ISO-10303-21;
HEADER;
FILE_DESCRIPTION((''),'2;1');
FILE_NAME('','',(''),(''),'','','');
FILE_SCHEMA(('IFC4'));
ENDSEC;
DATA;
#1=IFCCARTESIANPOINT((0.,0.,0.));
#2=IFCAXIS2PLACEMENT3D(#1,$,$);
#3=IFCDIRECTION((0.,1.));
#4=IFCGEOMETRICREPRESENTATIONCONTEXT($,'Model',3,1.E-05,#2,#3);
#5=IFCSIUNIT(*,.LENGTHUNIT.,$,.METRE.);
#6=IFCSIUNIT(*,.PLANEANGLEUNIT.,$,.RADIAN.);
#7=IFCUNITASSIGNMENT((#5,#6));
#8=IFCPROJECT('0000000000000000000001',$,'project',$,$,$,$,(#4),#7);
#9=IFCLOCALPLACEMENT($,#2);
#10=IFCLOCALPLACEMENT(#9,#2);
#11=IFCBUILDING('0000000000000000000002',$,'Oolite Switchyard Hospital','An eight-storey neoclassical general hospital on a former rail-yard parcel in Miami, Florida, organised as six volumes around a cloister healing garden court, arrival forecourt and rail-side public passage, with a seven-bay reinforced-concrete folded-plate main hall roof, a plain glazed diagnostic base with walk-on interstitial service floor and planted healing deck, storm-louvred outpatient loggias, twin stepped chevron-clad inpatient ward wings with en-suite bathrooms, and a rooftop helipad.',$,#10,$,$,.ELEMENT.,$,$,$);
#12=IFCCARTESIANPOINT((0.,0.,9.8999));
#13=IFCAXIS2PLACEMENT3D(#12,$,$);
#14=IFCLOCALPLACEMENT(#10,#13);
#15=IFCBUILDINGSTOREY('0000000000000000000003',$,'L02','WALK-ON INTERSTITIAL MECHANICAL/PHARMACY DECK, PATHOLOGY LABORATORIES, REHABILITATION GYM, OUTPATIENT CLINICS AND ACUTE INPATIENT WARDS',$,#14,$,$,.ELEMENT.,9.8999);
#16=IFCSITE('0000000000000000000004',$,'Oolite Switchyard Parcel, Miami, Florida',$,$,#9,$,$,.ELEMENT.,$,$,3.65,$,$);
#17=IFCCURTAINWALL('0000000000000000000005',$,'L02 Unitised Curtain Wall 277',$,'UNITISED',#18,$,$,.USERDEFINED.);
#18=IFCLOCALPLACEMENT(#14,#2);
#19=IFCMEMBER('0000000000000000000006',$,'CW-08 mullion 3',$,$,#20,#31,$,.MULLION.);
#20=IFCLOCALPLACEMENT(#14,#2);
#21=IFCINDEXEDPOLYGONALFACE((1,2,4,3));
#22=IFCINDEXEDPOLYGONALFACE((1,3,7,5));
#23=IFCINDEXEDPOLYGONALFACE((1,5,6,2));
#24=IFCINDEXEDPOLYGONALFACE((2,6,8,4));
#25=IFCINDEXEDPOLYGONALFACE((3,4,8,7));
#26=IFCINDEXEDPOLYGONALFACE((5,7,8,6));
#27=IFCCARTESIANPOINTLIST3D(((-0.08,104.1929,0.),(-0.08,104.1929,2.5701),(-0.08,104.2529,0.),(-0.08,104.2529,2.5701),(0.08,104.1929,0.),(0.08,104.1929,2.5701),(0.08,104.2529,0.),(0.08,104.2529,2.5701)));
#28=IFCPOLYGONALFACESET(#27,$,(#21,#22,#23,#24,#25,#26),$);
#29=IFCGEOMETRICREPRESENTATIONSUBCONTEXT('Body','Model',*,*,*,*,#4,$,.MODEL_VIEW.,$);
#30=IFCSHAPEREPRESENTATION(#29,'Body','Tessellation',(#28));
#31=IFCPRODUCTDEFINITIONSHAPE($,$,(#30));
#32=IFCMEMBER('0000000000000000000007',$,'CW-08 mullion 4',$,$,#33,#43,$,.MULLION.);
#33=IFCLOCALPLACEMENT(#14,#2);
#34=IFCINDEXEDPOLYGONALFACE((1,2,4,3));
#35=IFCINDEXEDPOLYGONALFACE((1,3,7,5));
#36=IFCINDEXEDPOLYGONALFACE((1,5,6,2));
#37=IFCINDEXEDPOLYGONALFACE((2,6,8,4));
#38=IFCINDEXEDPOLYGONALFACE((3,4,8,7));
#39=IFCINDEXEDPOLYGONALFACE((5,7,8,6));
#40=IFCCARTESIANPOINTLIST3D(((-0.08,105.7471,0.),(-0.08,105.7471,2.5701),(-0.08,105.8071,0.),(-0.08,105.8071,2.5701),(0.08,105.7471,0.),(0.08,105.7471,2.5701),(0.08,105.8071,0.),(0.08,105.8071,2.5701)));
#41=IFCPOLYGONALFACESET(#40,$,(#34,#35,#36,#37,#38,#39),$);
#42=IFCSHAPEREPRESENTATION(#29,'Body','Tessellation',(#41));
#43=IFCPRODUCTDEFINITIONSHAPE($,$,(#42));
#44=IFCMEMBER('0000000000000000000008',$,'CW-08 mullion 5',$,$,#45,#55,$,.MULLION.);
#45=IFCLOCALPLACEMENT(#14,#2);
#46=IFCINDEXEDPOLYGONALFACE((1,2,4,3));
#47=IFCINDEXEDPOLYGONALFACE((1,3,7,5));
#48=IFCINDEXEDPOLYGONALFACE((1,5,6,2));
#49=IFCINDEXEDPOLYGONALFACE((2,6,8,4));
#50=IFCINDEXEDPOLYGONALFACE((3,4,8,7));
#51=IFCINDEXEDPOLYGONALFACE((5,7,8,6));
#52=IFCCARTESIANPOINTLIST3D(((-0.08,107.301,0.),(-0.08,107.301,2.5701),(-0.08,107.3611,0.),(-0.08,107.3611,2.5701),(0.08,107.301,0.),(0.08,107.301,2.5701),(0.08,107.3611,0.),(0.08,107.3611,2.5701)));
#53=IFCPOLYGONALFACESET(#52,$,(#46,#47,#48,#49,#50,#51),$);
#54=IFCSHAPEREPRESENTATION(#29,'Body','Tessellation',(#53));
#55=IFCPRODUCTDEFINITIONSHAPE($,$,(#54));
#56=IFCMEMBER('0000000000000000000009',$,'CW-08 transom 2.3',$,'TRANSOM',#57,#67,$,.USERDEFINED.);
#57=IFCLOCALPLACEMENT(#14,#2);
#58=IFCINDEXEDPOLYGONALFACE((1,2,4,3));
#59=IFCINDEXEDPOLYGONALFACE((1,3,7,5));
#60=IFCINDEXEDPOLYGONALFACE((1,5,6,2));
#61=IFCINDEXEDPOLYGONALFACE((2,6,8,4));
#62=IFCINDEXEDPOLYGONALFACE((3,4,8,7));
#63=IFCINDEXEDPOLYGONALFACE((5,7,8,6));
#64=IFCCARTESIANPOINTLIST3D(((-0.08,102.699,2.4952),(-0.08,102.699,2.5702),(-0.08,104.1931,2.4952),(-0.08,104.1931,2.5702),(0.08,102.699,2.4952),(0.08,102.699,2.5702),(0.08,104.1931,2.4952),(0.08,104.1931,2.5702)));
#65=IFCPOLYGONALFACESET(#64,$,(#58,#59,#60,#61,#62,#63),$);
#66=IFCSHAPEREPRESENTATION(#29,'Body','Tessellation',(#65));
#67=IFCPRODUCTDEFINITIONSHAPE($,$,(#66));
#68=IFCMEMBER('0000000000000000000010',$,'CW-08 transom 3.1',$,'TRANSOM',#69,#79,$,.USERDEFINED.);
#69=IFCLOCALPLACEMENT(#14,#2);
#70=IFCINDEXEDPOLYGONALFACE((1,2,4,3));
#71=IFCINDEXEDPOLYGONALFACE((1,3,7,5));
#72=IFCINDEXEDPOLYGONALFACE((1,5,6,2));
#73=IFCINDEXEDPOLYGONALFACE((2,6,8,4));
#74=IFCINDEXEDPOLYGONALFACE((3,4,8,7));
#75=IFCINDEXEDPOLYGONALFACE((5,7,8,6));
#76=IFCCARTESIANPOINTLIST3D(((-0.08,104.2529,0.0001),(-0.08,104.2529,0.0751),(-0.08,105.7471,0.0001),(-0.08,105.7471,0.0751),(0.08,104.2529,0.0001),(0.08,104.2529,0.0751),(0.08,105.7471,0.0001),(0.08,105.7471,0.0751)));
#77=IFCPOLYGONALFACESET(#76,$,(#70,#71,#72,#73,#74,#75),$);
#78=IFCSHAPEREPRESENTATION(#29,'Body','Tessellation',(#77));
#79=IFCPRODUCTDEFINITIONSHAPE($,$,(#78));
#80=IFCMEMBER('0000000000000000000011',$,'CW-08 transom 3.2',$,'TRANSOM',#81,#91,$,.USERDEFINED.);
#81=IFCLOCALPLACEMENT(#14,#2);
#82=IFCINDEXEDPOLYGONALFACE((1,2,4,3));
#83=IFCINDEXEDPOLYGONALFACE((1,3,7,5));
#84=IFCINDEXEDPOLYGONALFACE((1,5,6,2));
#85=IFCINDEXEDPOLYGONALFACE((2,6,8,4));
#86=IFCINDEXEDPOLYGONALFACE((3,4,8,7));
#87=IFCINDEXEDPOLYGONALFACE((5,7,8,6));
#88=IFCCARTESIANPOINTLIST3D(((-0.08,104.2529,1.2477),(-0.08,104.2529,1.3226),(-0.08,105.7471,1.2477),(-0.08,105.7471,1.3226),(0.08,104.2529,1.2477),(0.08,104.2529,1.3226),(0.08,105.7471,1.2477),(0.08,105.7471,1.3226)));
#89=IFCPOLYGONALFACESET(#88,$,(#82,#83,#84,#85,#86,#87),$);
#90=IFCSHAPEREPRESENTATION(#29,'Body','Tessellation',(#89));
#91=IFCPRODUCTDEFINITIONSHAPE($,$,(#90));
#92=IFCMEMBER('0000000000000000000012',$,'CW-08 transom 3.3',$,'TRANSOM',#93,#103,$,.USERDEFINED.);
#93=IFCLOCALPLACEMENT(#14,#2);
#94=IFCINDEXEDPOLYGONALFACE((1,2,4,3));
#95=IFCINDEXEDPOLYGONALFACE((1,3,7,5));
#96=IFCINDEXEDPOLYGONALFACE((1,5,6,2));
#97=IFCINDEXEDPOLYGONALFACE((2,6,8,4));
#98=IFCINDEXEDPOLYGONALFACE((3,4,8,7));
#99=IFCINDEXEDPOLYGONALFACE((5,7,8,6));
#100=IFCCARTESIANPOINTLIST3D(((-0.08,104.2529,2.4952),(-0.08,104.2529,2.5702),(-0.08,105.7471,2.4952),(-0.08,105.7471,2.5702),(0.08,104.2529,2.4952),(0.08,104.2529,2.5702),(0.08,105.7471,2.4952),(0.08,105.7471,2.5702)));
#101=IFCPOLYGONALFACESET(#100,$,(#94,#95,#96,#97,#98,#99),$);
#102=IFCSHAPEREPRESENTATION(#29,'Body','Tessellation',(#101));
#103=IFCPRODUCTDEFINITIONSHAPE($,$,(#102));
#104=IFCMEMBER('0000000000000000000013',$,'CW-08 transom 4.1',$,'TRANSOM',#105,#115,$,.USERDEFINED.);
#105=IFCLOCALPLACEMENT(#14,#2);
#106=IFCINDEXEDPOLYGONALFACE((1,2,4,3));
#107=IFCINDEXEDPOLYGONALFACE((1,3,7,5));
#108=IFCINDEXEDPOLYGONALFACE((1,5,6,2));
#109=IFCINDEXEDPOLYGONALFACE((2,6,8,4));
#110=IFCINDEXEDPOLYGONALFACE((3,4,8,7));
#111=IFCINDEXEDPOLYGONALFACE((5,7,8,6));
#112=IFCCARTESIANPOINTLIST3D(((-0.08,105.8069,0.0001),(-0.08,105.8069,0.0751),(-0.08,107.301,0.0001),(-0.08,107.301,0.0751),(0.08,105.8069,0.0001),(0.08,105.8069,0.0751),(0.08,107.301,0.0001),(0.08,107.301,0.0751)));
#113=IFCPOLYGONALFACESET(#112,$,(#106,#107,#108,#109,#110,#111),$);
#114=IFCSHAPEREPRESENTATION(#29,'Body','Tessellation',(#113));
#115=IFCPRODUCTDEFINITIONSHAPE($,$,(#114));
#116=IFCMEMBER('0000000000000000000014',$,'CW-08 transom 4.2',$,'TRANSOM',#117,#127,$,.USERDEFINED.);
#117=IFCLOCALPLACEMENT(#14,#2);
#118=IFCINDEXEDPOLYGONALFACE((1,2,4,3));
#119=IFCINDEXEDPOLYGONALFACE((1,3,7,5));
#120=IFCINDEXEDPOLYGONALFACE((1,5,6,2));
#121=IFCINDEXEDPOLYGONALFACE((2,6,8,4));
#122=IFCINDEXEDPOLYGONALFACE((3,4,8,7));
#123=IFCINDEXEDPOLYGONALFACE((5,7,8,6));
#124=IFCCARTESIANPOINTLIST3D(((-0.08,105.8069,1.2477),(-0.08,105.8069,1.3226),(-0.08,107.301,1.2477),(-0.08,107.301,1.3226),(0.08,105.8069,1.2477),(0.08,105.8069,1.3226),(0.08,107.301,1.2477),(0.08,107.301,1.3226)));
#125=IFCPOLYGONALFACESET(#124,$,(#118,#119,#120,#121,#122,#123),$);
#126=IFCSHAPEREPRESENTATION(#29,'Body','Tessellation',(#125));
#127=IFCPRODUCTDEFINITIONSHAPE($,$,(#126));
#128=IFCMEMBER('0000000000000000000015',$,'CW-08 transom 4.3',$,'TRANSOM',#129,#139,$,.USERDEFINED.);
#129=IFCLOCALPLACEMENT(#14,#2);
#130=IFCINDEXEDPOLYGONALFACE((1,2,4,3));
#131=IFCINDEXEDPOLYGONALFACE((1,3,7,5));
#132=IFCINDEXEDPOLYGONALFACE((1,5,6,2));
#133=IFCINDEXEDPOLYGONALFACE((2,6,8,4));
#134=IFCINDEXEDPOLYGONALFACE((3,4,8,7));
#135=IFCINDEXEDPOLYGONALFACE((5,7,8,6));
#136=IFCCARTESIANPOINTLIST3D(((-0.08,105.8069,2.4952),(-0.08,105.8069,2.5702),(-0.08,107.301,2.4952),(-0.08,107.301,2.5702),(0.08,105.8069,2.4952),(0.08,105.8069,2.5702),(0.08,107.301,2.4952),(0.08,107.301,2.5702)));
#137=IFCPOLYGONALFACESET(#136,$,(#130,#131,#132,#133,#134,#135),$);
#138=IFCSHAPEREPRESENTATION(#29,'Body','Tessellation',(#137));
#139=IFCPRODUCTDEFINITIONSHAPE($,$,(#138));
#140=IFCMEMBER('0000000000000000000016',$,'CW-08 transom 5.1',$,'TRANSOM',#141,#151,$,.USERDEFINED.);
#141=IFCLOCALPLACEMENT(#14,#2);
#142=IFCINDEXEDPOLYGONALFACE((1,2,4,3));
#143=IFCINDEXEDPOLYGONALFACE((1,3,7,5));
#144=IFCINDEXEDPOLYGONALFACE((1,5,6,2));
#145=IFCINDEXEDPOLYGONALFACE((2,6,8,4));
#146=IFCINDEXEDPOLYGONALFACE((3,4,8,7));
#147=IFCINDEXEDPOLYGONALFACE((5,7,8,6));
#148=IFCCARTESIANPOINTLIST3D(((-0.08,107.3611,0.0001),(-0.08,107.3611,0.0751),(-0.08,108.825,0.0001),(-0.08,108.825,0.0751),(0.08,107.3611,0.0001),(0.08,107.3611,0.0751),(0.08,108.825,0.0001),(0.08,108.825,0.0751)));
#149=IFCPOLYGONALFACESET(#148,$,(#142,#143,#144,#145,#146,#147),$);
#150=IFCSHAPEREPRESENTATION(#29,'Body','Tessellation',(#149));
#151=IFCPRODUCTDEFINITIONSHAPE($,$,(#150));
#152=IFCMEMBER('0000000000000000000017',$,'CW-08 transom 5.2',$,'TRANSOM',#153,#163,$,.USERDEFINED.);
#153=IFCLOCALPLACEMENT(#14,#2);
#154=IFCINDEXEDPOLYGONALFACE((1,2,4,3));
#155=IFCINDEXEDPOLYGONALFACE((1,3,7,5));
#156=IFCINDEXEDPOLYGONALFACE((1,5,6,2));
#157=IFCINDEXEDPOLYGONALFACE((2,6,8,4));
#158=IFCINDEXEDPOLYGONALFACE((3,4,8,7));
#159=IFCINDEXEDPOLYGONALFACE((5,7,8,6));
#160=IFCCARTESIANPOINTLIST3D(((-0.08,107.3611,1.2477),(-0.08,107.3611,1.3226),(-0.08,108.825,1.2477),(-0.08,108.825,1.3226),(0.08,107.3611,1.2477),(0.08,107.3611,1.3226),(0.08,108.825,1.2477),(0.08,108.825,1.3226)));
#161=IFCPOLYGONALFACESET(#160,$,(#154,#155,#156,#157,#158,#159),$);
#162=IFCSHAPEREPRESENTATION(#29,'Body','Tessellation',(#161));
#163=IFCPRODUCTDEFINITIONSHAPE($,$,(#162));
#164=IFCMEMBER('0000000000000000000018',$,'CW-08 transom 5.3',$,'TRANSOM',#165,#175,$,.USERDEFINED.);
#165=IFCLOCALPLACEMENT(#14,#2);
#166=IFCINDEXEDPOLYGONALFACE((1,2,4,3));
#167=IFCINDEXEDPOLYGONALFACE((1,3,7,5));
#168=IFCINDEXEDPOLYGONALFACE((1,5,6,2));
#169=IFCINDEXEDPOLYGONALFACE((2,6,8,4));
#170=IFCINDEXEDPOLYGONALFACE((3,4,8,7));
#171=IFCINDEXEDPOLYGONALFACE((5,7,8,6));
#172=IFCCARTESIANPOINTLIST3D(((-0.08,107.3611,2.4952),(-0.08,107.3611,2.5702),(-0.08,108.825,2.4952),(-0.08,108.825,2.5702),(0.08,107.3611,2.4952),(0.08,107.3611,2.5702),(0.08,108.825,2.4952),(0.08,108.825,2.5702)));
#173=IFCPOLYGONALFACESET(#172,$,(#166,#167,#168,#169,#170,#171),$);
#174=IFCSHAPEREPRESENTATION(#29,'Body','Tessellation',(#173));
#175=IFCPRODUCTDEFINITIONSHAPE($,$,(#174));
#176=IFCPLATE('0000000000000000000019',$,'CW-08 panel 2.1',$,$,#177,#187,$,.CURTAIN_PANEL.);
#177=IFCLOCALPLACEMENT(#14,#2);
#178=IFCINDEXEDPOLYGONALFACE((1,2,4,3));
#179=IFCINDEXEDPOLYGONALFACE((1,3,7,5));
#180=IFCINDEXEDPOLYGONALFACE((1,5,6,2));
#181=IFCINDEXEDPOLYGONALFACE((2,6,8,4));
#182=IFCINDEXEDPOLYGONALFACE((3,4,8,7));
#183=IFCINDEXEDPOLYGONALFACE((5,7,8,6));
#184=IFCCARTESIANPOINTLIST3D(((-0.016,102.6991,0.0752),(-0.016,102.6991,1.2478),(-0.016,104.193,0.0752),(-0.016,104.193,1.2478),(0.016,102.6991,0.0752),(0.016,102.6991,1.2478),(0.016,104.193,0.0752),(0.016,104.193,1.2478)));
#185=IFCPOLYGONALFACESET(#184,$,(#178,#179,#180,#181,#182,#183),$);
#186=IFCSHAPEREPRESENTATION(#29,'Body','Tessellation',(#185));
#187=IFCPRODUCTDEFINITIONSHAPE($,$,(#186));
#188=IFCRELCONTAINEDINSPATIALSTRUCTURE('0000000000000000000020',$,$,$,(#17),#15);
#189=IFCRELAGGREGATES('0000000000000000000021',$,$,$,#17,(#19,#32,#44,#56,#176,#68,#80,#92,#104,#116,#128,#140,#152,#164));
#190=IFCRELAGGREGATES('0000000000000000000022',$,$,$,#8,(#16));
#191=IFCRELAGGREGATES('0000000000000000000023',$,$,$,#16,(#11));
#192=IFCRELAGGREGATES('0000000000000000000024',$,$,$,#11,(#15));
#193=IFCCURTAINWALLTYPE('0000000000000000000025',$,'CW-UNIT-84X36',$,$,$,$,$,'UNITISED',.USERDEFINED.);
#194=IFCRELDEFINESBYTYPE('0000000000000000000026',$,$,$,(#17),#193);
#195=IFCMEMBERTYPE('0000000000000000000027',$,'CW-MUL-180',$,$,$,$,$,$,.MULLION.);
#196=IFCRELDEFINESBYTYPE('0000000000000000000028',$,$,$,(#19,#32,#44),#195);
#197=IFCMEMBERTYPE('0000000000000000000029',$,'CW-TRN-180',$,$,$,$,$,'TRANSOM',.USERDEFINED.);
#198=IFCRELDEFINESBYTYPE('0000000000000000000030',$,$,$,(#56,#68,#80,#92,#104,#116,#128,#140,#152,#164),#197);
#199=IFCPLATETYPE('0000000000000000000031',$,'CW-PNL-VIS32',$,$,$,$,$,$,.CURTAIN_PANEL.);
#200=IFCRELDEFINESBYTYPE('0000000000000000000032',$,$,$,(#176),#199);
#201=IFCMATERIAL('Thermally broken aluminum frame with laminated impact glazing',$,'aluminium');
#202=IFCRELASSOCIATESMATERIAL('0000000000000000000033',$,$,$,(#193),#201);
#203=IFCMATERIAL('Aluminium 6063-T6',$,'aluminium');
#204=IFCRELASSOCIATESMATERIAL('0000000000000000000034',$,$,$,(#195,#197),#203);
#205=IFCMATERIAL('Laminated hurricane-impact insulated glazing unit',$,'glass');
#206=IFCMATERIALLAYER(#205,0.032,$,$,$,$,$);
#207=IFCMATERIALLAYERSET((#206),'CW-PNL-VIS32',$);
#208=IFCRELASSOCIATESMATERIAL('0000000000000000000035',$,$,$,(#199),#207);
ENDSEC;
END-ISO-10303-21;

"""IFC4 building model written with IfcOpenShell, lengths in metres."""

from ifc_helpers import new_model, si_unit, direction, frame, origin, origin_2d, place, context, subcontext, project, spatial, rectangle, extrude, material, layer, layer_set, material_profile, profile_set, type_object, element, aggregate, save


model = new_model("IFC4")

# Units and contexts
model_context = context("Model", 3, precision=1e-05, world=origin(), true_north=direction((0.0, 1.0)))
body_context = subcontext(model_context, "Body", "Model", "MODEL_VIEW")
ifc_project = project(units=[si_unit("LENGTHUNIT", "METRE"), si_unit("PLANEANGLEUNIT", "RADIAN")], contexts=[model_context])

# Site, building, storey
site_placement = place(None, origin())
site = spatial("IfcSite", under=ifc_project, at=site_placement, Name="Oolite Switchyard Parcel, Miami, Florida", CompositionType="ELEMENT", RefElevation=3.65)
building_placement = place(site_placement, origin())
building = spatial("IfcBuilding", under=site, at=building_placement, Name="Oolite Switchyard Hospital", Description="An eight-storey neoclassical general hospital on a former rail-yard parcel in Miami, Florida, organised as six volumes around a cloister healing garden court, arrival forecourt and rail-side public passage, with a seven-bay reinforced-concrete folded-plate main hall roof, a plain glazed diagnostic base with walk-on interstitial service floor and planted healing deck, storm-louvred outpatient loggias, twin stepped chevron-clad inpatient ward wings with en-suite bathrooms, and a rooftop helipad.", CompositionType="ELEMENT")
storey_placement = place(building_placement, frame((0.0, 0.0, 9.8999)))
storey = spatial("IfcBuildingStorey", under=building, at=storey_placement, Name="L02", Description="WALK-ON INTERSTITIAL MECHANICAL/PHARMACY DECK, PATHOLOGY LABORATORIES, REHABILITATION GYM, OUTPATIENT CLINICS AND ACUTE INPATIENT WARDS", CompositionType="ELEMENT", Elevation=9.8999)

# Curtain wall, members, plate
ifc_material_1 = material(Name="Thermally broken aluminum frame with laminated impact glazing", Category="aluminium")
curtain_wall_type = type_object("IfcCurtainWallType", Name="CW-UNIT-84X36", ElementType="UNITISED", PredefinedType="USERDEFINED", material=ifc_material_1)
curtain_wall_placement = place(storey_placement, origin())
curtain_wall = element("IfcCurtainWall", 1, at=curtain_wall_placement, inside=storey, type_object=curtain_wall_type, Name="L02 Unitised Curtain Wall 277", ObjectType="UNITISED", PredefinedType="USERDEFINED")
ifc_material_2 = material(Name="Aluminium 6063-T6", Category="aluminium")
ifc_material_profile_1 = material_profile(ifc_material_2, rectangle(XDim=0.1599, YDim=0.0601, at=origin_2d()), Name="CWM60X160")
ifc_profile_set_1 = profile_set([ifc_material_profile_1], Name="Aluminium 6063-T6")
member_type_1 = type_object("IfcMemberType", Name="CW-MUL-180", PredefinedType="MULLION", material=ifc_profile_set_1)
member_1_placement = place(storey_placement, frame((0.0, 104.2229, 0.0), z_axis=(0.0, 0.0, 1.0), x_axis=(-1.0, 0.0, 0.0)))
member_1 = element("IfcMember", 2, at=member_1_placement, type_object=member_type_1, Name="CW-08 mullion 3", PredefinedType="MULLION", context=body_context, shape_type="SweptSolid", body=[
    extrude(rectangle(XDim=0.1599, YDim=0.0601, at=origin_2d()), origin(), (0.0, 0.0, 1.0), 2.5701),
])
member_2_placement = place(storey_placement, frame((0.0, 105.7771, 0.0), z_axis=(0.0, 0.0, 1.0), x_axis=(-1.0, 0.0, 0.0)))
member_2 = element("IfcMember", 3, at=member_2_placement, type_object=member_type_1, Name="CW-08 mullion 4", PredefinedType="MULLION", context=body_context, shape_type="SweptSolid", body=[
    extrude(rectangle(XDim=0.1599, YDim=0.0601, at=origin_2d()), origin(), (0.0, 0.0, 1.0), 2.5701),
])
member_3_placement = place(storey_placement, frame((0.0, 107.3311, 0.0), z_axis=(0.0, 0.0, 1.0), x_axis=(-1.0, 0.0, 0.0)))
member_3 = element("IfcMember", 4, at=member_3_placement, type_object=member_type_1, Name="CW-08 mullion 5", PredefinedType="MULLION", context=body_context, shape_type="SweptSolid", body=[
    extrude(rectangle(XDim=0.1599, YDim=0.0601, at=origin_2d()), origin(), (0.0, 0.0, 1.0), 2.5701),
])
ifc_material_profile_2 = material_profile(ifc_material_2, rectangle(XDim=0.1599, YDim=0.075, at=origin_2d()), Name="CWT75X160")
ifc_profile_set_2 = profile_set([ifc_material_profile_2], Name="Aluminium 6063-T6")
member_type_2 = type_object("IfcMemberType", Name="CW-TRN-180", ElementType="TRANSOM", PredefinedType="USERDEFINED", material=ifc_profile_set_2)
member_4_placement = place(storey_placement, frame((0.0, 102.699, 2.5327), z_axis=(0.0, 1.0, 0.0), x_axis=(-1.0, 0.0, 0.0)))
member_4 = element("IfcMember", 5, at=member_4_placement, type_object=member_type_2, Name="CW-08 transom 2.3", ObjectType="TRANSOM", PredefinedType="USERDEFINED", context=body_context, shape_type="SweptSolid", body=[
    extrude(rectangle(XDim=0.1599, YDim=0.075, at=origin_2d()), origin(), (0.0, 0.0, 1.0), 1.4941),
])
member_5_placement = place(storey_placement, frame((0.0, 104.2529, 0.0376), z_axis=(0.0, 1.0, 0.0), x_axis=(-1.0, 0.0, 0.0)))
member_5 = element("IfcMember", 6, at=member_5_placement, type_object=member_type_2, Name="CW-08 transom 3.1", ObjectType="TRANSOM", PredefinedType="USERDEFINED", context=body_context, shape_type="SweptSolid", body=[
    extrude(rectangle(XDim=0.1599, YDim=0.075, at=origin_2d()), origin(), (0.0, 0.0, 1.0), 1.4941),
])
member_6_placement = place(storey_placement, frame((0.0, 104.2529, 1.2852), z_axis=(0.0, 1.0, 0.0), x_axis=(-1.0, 0.0, 0.0)))
member_6 = element("IfcMember", 7, at=member_6_placement, type_object=member_type_2, Name="CW-08 transom 3.2", ObjectType="TRANSOM", PredefinedType="USERDEFINED", context=body_context, shape_type="SweptSolid", body=[
    extrude(rectangle(XDim=0.1599, YDim=0.075, at=origin_2d()), origin(), (0.0, 0.0, 1.0), 1.4941),
])
member_7_placement = place(storey_placement, frame((0.0, 104.2529, 2.5327), z_axis=(0.0, 1.0, 0.0), x_axis=(-1.0, 0.0, 0.0)))
member_7 = element("IfcMember", 8, at=member_7_placement, type_object=member_type_2, Name="CW-08 transom 3.3", ObjectType="TRANSOM", PredefinedType="USERDEFINED", context=body_context, shape_type="SweptSolid", body=[
    extrude(rectangle(XDim=0.1599, YDim=0.075, at=origin_2d()), origin(), (0.0, 0.0, 1.0), 1.4941),
])
member_8_placement = place(storey_placement, frame((0.0, 105.8069, 0.0376), z_axis=(0.0, 1.0, 0.0), x_axis=(-1.0, 0.0, 0.0)))
member_8 = element("IfcMember", 9, at=member_8_placement, type_object=member_type_2, Name="CW-08 transom 4.1", ObjectType="TRANSOM", PredefinedType="USERDEFINED", context=body_context, shape_type="SweptSolid", body=[
    extrude(rectangle(XDim=0.1599, YDim=0.075, at=origin_2d()), origin(), (0.0, 0.0, 1.0), 1.4941),
])
member_9_placement = place(storey_placement, frame((0.0, 105.8069, 1.2852), z_axis=(0.0, 1.0, 0.0), x_axis=(-1.0, 0.0, 0.0)))
member_9 = element("IfcMember", 10, at=member_9_placement, type_object=member_type_2, Name="CW-08 transom 4.2", ObjectType="TRANSOM", PredefinedType="USERDEFINED", context=body_context, shape_type="SweptSolid", body=[
    extrude(rectangle(XDim=0.1599, YDim=0.075, at=origin_2d()), origin(), (0.0, 0.0, 1.0), 1.4941),
])
member_10_placement = place(storey_placement, frame((0.0, 105.8069, 2.5327), z_axis=(0.0, 1.0, 0.0), x_axis=(-1.0, 0.0, 0.0)))
member_10 = element("IfcMember", 11, at=member_10_placement, type_object=member_type_2, Name="CW-08 transom 4.3", ObjectType="TRANSOM", PredefinedType="USERDEFINED", context=body_context, shape_type="SweptSolid", body=[
    extrude(rectangle(XDim=0.1599, YDim=0.075, at=origin_2d()), origin(), (0.0, 0.0, 1.0), 1.4941),
])
member_11_placement = place(storey_placement, frame((0.0, 107.3611, 0.0376), z_axis=(0.0, 1.0, 0.0), x_axis=(-1.0, 0.0, 0.0)))
member_11 = element("IfcMember", 12, at=member_11_placement, type_object=member_type_2, Name="CW-08 transom 5.1", ObjectType="TRANSOM", PredefinedType="USERDEFINED", context=body_context, shape_type="SweptSolid", body=[
    extrude(rectangle(XDim=0.1599, YDim=0.075, at=origin_2d()), origin(), (0.0, 0.0, 1.0), 1.4639),
])
member_12_placement = place(storey_placement, frame((0.0, 107.3611, 1.2852), z_axis=(0.0, 1.0, 0.0), x_axis=(-1.0, 0.0, 0.0)))
member_12 = element("IfcMember", 13, at=member_12_placement, type_object=member_type_2, Name="CW-08 transom 5.2", ObjectType="TRANSOM", PredefinedType="USERDEFINED", context=body_context, shape_type="SweptSolid", body=[
    extrude(rectangle(XDim=0.1599, YDim=0.075, at=origin_2d()), origin(), (0.0, 0.0, 1.0), 1.4639),
])
member_13_placement = place(storey_placement, frame((0.0, 107.3611, 2.5327), z_axis=(0.0, 1.0, 0.0), x_axis=(-1.0, 0.0, 0.0)))
member_13 = element("IfcMember", 14, at=member_13_placement, type_object=member_type_2, Name="CW-08 transom 5.3", ObjectType="TRANSOM", PredefinedType="USERDEFINED", context=body_context, shape_type="SweptSolid", body=[
    extrude(rectangle(XDim=0.1599, YDim=0.075, at=origin_2d()), origin(), (0.0, 0.0, 1.0), 1.4639),
])
ifc_material_3 = material(Name="Laminated hurricane-impact insulated glazing unit", Category="glass")
ifc_layer = layer(ifc_material_3, 0.032)
ifc_layer_set = layer_set([ifc_layer], Name="CW-PNL-VIS32")
plate_type = type_object("IfcPlateType", Name="CW-PNL-VIS32", PredefinedType="CURTAIN_PANEL", material=ifc_layer_set)
plate_1_placement = place(storey_placement, frame((0.0, 103.446, 0.0752), z_axis=(0.0, 0.0, 1.0), x_axis=(0.0, 1.0, 0.0)))
plate_1 = element("IfcPlate", 15, at=plate_1_placement, type_object=plate_type, Name="CW-08 panel 2.1", PredefinedType="CURTAIN_PANEL", context=body_context, shape_type="SweptSolid", body=[
    extrude(rectangle(XDim=1.4939, YDim=0.032, at=origin_2d()), origin(), (0.0, 0.0, 1.0), 1.1726),
])
aggregate(curtain_wall, [member_1, member_2, member_3, member_4, plate_1, member_5, member_6, member_7, member_8, member_9, member_10, member_11, member_12, member_13])

save(model, "model.ifc")
